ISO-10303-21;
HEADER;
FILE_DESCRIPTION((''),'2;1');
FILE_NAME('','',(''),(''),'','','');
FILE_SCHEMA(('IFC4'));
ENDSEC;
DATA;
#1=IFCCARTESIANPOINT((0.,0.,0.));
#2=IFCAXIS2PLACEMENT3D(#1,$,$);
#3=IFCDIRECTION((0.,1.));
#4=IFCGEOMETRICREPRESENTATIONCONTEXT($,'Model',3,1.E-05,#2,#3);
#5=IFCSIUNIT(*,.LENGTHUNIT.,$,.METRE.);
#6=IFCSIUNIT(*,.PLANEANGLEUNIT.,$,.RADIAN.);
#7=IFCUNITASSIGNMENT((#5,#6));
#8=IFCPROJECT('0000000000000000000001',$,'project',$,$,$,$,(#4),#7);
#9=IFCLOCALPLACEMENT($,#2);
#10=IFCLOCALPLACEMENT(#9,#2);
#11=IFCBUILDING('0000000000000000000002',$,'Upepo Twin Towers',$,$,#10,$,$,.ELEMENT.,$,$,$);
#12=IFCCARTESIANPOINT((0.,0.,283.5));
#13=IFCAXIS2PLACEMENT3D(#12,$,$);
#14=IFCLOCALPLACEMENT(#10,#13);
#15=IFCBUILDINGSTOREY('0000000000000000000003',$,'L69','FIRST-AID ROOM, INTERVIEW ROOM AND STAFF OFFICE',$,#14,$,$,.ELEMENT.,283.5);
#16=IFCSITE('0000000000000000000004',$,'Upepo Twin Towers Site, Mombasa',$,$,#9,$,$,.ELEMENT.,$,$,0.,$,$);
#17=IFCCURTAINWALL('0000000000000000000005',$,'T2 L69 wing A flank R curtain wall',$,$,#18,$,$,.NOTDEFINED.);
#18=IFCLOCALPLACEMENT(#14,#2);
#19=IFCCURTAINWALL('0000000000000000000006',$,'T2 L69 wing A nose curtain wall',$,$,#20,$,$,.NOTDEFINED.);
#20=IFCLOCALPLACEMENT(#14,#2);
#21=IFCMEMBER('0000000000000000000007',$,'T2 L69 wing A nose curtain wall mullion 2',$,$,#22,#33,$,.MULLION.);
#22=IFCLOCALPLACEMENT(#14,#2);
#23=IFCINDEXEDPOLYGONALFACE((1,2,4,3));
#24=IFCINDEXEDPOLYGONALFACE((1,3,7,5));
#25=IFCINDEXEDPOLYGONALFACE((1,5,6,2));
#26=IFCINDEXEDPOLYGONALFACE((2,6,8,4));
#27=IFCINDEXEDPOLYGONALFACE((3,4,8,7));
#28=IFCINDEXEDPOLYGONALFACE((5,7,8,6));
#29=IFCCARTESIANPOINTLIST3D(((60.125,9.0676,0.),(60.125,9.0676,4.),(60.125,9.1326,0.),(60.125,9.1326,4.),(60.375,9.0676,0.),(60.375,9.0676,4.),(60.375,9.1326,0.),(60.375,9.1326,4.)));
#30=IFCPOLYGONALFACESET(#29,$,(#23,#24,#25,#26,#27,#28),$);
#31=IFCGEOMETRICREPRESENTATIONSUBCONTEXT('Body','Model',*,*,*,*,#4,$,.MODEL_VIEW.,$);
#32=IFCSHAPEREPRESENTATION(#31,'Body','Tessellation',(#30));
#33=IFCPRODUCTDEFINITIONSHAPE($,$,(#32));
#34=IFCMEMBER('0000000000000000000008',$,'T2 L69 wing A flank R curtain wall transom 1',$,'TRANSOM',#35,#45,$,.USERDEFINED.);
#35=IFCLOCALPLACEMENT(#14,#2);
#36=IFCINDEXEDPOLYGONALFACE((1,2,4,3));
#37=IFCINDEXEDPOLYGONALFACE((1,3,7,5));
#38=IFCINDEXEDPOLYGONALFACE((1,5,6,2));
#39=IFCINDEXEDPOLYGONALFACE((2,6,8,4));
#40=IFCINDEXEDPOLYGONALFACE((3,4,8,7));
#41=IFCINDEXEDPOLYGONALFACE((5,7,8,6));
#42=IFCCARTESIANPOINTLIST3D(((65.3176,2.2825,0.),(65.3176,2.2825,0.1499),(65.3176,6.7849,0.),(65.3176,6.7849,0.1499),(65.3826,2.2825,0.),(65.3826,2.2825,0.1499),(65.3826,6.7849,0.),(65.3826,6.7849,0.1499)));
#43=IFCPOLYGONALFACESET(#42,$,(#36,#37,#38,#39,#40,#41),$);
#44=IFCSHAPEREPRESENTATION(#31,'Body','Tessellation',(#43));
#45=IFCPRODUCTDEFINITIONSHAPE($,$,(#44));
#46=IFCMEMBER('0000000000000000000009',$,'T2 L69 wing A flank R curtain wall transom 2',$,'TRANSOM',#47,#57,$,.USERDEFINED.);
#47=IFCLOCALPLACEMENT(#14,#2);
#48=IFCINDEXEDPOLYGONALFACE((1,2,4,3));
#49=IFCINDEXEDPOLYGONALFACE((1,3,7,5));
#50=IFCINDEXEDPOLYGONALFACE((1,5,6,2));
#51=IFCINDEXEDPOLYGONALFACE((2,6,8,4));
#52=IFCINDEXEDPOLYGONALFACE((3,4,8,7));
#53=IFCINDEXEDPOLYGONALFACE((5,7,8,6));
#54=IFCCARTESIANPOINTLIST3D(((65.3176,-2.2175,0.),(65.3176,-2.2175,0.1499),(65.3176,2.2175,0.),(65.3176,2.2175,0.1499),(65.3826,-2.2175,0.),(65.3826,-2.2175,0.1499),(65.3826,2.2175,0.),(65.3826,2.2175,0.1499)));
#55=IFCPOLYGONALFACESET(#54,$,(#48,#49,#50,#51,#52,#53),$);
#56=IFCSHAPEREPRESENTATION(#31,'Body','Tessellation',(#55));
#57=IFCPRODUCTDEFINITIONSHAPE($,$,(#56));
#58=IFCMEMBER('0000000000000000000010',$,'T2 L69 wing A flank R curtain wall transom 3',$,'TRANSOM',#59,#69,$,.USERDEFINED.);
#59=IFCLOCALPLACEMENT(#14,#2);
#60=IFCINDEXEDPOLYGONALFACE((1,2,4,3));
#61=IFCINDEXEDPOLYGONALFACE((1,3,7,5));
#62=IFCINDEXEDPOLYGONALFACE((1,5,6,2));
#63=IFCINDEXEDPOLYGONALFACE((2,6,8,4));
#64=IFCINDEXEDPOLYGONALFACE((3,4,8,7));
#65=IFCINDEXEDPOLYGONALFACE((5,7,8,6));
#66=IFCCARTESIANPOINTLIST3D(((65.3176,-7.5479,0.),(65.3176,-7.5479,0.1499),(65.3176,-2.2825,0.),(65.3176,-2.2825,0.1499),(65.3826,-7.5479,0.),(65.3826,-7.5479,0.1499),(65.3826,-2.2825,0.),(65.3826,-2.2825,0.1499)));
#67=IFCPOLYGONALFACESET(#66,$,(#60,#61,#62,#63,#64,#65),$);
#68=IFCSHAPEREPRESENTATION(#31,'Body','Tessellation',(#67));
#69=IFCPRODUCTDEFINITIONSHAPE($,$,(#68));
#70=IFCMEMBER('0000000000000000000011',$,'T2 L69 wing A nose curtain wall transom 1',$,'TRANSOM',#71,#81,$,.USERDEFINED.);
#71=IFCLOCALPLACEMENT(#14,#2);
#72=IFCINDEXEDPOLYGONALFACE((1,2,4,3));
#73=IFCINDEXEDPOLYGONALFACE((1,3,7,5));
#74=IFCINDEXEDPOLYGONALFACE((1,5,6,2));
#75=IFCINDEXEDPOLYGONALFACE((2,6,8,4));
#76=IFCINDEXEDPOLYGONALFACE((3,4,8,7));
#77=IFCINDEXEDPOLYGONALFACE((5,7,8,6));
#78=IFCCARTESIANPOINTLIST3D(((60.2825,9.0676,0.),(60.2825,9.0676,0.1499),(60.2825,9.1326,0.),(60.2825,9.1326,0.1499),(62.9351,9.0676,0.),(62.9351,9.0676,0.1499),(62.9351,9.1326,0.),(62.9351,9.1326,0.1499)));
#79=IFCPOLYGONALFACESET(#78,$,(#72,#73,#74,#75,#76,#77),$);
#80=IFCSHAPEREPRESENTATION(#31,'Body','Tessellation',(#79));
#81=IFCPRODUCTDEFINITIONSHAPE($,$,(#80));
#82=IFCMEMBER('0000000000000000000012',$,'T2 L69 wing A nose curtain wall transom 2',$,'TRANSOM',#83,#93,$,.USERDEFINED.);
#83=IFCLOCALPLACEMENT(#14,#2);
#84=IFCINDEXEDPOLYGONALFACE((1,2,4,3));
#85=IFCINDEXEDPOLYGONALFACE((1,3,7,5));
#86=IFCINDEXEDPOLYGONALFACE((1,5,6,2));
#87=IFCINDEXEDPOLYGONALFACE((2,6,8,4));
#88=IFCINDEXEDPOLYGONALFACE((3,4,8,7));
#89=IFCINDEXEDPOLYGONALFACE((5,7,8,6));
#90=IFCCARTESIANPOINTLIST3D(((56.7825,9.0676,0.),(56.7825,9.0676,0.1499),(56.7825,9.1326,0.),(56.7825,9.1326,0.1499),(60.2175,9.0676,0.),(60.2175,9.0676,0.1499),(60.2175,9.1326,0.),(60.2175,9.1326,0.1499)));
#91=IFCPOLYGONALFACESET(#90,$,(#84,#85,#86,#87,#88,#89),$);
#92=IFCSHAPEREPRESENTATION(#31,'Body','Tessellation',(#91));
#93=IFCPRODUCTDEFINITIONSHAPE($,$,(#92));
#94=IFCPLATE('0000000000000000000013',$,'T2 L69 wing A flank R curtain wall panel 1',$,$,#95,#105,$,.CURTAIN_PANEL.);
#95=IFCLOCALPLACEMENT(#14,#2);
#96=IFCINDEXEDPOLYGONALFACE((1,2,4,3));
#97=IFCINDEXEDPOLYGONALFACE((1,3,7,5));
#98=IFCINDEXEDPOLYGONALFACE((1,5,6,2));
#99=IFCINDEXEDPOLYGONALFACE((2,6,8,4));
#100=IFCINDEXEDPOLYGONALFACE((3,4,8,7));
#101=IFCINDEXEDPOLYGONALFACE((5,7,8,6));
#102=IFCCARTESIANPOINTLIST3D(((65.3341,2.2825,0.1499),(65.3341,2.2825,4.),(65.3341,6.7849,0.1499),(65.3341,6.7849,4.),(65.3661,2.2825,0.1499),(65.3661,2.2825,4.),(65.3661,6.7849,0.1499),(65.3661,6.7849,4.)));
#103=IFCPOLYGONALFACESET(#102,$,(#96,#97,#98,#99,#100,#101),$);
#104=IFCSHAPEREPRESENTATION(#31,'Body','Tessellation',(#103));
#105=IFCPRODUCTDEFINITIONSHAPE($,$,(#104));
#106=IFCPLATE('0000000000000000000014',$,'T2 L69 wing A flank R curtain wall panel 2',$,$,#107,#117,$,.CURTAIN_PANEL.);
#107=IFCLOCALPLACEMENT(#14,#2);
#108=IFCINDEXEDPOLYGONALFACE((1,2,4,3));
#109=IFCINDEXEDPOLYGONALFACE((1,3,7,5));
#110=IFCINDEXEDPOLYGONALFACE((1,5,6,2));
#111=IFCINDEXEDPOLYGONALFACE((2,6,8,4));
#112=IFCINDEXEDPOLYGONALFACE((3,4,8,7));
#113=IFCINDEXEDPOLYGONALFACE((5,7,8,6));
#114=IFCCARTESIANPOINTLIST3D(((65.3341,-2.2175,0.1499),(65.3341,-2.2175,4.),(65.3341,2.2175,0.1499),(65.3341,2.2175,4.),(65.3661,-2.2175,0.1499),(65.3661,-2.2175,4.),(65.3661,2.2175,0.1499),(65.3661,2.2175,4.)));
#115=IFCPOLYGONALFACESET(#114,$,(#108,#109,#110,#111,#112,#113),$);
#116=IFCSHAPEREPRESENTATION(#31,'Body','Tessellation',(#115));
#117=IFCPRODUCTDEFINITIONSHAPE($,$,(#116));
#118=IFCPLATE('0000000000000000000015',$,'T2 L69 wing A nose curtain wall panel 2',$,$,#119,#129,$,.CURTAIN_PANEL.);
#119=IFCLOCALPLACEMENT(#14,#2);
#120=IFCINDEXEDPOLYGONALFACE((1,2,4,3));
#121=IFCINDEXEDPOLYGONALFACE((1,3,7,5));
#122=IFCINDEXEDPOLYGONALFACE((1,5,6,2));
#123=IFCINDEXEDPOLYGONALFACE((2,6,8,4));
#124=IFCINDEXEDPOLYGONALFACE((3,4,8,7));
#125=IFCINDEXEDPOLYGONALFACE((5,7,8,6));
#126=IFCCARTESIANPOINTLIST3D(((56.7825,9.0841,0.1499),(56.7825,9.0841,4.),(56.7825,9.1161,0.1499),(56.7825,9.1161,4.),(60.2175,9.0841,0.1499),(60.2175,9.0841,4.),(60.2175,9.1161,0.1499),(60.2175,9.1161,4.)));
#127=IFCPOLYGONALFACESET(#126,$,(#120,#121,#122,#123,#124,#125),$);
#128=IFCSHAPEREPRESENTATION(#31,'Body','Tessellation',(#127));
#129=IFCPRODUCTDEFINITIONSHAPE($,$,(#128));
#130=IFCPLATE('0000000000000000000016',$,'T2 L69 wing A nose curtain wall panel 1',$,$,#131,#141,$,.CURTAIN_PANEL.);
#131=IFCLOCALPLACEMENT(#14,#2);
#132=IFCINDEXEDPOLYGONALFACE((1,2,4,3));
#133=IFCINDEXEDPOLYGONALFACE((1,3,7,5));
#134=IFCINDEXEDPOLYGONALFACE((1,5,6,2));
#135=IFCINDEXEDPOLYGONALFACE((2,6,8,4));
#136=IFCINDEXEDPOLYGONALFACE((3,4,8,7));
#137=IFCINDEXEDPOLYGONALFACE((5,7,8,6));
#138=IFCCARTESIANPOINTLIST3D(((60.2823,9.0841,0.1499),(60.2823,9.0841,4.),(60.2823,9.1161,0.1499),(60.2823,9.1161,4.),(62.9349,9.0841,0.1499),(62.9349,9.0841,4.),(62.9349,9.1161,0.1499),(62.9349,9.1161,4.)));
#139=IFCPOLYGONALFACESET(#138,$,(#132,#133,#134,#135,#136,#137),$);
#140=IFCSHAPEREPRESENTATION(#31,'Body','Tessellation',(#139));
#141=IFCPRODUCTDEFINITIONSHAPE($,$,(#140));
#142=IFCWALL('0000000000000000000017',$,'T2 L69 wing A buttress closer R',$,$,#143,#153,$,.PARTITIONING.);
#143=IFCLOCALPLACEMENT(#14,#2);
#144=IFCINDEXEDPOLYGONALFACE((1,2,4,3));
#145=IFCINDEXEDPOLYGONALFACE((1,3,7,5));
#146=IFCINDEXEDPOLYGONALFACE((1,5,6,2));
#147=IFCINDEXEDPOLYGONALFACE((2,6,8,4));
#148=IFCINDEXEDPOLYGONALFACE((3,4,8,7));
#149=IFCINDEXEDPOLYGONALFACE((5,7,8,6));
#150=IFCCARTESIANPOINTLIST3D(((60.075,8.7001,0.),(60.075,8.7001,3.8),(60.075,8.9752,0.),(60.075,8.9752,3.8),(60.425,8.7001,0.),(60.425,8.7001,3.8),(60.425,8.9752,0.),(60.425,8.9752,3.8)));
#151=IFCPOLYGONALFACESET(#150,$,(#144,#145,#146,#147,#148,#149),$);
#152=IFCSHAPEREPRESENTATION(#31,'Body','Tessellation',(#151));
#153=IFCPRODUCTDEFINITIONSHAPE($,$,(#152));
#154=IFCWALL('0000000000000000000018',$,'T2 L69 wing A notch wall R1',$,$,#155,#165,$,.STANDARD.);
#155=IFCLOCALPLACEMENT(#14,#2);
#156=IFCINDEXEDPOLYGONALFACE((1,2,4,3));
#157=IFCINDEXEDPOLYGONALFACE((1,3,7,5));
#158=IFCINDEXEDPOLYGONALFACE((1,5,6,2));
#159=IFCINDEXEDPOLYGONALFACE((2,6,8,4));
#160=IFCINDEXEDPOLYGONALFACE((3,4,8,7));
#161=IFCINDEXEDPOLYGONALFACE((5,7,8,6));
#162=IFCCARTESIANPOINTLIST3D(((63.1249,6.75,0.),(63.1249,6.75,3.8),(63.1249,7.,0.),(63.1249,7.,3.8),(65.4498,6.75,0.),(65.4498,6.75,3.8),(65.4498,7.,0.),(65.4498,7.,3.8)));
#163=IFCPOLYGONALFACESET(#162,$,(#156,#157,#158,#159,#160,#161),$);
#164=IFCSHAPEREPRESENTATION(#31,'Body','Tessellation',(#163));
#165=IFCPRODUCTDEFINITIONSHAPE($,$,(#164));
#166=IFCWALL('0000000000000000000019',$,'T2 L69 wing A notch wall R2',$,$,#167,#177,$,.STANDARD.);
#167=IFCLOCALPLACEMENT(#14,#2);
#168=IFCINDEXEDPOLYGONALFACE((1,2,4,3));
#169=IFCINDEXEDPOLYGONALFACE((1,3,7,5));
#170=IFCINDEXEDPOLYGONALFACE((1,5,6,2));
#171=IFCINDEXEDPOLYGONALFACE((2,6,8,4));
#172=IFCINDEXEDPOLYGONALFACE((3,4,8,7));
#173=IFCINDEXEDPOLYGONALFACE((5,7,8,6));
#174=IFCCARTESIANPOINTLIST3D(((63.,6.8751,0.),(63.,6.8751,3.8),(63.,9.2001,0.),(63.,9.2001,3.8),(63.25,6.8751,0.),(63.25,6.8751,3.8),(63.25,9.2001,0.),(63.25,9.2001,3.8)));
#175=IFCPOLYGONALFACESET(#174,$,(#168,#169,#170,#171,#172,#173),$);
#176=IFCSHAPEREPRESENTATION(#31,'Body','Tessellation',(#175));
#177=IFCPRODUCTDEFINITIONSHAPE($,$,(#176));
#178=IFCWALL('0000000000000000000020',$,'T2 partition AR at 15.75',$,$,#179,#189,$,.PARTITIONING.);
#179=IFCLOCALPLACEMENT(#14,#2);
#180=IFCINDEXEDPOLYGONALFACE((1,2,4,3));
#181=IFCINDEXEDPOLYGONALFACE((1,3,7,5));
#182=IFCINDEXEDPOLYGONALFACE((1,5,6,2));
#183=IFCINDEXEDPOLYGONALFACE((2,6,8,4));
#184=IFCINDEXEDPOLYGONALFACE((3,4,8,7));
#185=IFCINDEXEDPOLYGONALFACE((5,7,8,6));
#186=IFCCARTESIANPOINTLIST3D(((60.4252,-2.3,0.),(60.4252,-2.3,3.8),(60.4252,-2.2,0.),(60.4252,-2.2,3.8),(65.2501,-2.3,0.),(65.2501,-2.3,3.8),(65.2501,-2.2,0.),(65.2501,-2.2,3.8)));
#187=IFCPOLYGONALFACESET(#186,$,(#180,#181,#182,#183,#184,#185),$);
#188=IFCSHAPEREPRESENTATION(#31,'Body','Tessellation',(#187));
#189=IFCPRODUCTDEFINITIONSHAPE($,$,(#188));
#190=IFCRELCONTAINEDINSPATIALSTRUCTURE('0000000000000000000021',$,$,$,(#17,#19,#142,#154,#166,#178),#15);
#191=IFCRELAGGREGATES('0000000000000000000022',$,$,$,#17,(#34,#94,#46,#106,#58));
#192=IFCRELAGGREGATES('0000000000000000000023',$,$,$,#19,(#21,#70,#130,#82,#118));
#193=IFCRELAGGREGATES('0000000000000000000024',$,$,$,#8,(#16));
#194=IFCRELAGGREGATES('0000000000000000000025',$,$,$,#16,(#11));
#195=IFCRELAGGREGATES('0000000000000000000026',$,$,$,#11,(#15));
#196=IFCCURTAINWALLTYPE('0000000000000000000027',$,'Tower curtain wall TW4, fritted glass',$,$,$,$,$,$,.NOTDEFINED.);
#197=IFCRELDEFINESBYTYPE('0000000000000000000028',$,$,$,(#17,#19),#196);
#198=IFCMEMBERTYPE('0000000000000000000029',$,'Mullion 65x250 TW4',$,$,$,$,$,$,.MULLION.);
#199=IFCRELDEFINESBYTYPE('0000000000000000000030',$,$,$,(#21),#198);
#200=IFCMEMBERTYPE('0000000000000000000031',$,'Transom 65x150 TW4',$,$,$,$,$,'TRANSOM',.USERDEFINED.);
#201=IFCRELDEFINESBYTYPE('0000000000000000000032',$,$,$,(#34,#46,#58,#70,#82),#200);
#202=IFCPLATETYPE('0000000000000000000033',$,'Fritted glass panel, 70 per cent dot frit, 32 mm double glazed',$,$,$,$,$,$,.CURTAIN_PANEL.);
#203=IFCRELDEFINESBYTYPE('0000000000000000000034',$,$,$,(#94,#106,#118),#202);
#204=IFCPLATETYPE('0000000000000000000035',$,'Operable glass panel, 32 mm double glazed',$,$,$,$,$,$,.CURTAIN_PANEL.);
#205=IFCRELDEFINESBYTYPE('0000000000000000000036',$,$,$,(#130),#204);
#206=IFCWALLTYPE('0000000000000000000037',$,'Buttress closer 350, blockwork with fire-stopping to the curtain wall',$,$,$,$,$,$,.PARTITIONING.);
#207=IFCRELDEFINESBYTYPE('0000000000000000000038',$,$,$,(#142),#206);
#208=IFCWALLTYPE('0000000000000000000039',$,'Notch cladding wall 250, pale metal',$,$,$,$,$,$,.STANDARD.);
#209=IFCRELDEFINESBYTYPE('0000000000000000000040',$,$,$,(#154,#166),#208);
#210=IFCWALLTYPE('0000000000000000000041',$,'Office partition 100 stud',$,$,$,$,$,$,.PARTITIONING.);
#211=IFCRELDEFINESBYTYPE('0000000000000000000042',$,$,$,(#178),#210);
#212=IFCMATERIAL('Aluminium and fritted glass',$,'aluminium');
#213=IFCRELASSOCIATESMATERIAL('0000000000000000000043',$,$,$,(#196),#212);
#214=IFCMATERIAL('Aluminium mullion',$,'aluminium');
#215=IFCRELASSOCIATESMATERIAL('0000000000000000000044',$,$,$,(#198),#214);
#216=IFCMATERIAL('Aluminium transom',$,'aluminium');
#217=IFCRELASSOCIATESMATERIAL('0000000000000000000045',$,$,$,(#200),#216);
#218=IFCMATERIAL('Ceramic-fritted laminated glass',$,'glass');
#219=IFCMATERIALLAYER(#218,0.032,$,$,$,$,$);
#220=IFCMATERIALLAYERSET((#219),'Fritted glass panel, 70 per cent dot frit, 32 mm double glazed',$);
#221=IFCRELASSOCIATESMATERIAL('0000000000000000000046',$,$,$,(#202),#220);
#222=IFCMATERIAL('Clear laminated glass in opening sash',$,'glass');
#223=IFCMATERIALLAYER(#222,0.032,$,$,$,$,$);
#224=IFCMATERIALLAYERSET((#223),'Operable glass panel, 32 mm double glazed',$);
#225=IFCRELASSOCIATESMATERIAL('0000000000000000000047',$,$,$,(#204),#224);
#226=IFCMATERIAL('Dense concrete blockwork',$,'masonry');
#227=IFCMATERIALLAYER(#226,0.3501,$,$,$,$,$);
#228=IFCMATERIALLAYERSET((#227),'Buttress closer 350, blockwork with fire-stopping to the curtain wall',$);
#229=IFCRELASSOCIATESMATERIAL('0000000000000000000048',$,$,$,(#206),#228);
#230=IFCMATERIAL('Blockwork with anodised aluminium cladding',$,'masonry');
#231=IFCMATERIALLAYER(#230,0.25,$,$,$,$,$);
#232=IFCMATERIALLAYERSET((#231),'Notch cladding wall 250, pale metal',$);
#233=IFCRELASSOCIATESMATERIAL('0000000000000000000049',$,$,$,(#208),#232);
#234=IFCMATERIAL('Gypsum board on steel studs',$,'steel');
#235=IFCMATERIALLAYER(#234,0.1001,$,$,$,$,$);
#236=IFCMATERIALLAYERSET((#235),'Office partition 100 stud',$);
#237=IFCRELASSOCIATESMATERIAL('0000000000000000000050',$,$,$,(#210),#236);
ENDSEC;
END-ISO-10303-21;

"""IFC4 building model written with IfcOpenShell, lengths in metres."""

from ifc_helpers import new_model, si_unit, direction, frame, frame_2d, origin, origin_2d, place, context, subcontext, project, spatial, rectangle, extrude, material, layer, layer_set, material_profile, profile_set, type_object, element, aggregate, save


model = new_model("IFC4")

# Units and contexts
model_context = context("Model", 3, precision=1e-05, world=origin(), true_north=direction((0.0, 1.0)))
body_context = subcontext(model_context, "Body", "Model", "MODEL_VIEW")
ifc_project = project(units=[si_unit("LENGTHUNIT", "METRE"), si_unit("PLANEANGLEUNIT", "RADIAN")], contexts=[model_context])

# Site, building, storey
site_placement = place(None, origin())
site = spatial("IfcSite", under=ifc_project, at=site_placement, Name="Upepo Twin Towers Site, Mombasa", CompositionType="ELEMENT", RefElevation=0.0)
building_placement = place(site_placement, origin())
building = spatial("IfcBuilding", under=site, at=building_placement, Name="Upepo Twin Towers", CompositionType="ELEMENT")
storey_placement = place(building_placement, frame((0.0, 0.0, 283.5)))
storey = spatial("IfcBuildingStorey", under=building, at=storey_placement, Name="L69", Description="FIRST-AID ROOM, INTERVIEW ROOM AND STAFF OFFICE", CompositionType="ELEMENT", Elevation=283.5)

# Curtain walls, member
ifc_material_1 = material(Name="Aluminium and fritted glass", Category="aluminium")
curtain_wall_type = type_object("IfcCurtainWallType", Name="Tower curtain wall TW4, fritted glass", PredefinedType="NOTDEFINED", material=ifc_material_1)
curtain_wall_1_placement = place(storey_placement, origin())
curtain_wall_1 = element("IfcCurtainWall", 1, at=curtain_wall_1_placement, inside=storey, type_object=curtain_wall_type, Name="T2 L69 wing A flank R curtain wall", PredefinedType="NOTDEFINED")
ifc_material_2 = material(Name="Aluminium mullion", Category="aluminium")
ifc_material_profile_1 = material_profile(ifc_material_2, rectangle(XDim=0.0649, YDim=0.25, at=origin_2d()), Name="MULLION 65x250")
ifc_profile_set_1 = profile_set([ifc_material_profile_1], Name="Aluminium mullion")
member_type_1 = type_object("IfcMemberType", Name="Mullion 65x250 TW4", PredefinedType="MULLION", material=ifc_profile_set_1)
curtain_wall_2_placement = place(storey_placement, origin())
curtain_wall_2 = element("IfcCurtainWall", 2, at=curtain_wall_2_placement, inside=storey, type_object=curtain_wall_type, Name="T2 L69 wing A nose curtain wall", PredefinedType="NOTDEFINED")
member_1_placement = place(storey_placement, frame((60.25, 9.1001, 0.0), z_axis=(0.0, 0.0, 1.0), x_axis=(0.0, -1.0, 0.0)))
member_1 = element("IfcMember", 3, at=member_1_placement, type_object=member_type_1, Name="T2 L69 wing A nose curtain wall mullion 2", PredefinedType="MULLION", context=body_context, shape_type="SweptSolid", body=[
    extrude(rectangle(XDim=0.0649, YDim=0.25, at=origin_2d()), origin(), (0.0, 0.0, 1.0), 4.0),
])

# Members
ifc_material_3 = material(Name="Aluminium transom", Category="aluminium")
ifc_material_profile_2 = material_profile(ifc_material_3, rectangle(XDim=0.0649, YDim=0.1499, at=origin_2d()), Name="TRANSOM 65x150")
ifc_profile_set_2 = profile_set([ifc_material_profile_2], Name="Aluminium transom")
member_type_2 = type_object("IfcMemberType", Name="Transom 65x150 TW4", ElementType="TRANSOM", PredefinedType="USERDEFINED", material=ifc_profile_set_2)
member_2_placement = place(storey_placement, frame((65.3501, 6.7849, 0.075), z_axis=(0.0, -1.0, 0.0), x_axis=(1.0, 0.0, 0.0)))
member_2 = element("IfcMember", 4, at=member_2_placement, type_object=member_type_2, Name="T2 L69 wing A flank R curtain wall transom 1", ObjectType="TRANSOM", PredefinedType="USERDEFINED", context=body_context, shape_type="SweptSolid", body=[
    extrude(rectangle(XDim=0.0649, YDim=0.1499, at=origin_2d()), origin(), (0.0, 0.0, 1.0), 4.5024),
])
member_3_placement = place(storey_placement, frame((65.3501, 2.2175, 0.075), z_axis=(0.0, -1.0, 0.0), x_axis=(1.0, 0.0, 0.0)))
member_3 = element("IfcMember", 5, at=member_3_placement, type_object=member_type_2, Name="T2 L69 wing A flank R curtain wall transom 2", ObjectType="TRANSOM", PredefinedType="USERDEFINED", context=body_context, shape_type="SweptSolid", body=[
    extrude(rectangle(XDim=0.0649, YDim=0.1499, at=origin_2d()), origin(), (0.0, 0.0, 1.0), 4.4351),
])
member_4_placement = place(storey_placement, frame((65.3501, -2.2825, 0.075), z_axis=(0.0, -1.0, 0.0), x_axis=(1.0, 0.0, 0.0)))
member_4 = element("IfcMember", 6, at=member_4_placement, type_object=member_type_2, Name="T2 L69 wing A flank R curtain wall transom 3", ObjectType="TRANSOM", PredefinedType="USERDEFINED", context=body_context, shape_type="SweptSolid", body=[
    extrude(rectangle(XDim=0.0649, YDim=0.1499, at=origin_2d()), origin(), (0.0, 0.0, 1.0), 5.2654),
])
member_5_placement = place(storey_placement, frame((62.9351, 9.1001, 0.075), z_axis=(-1.0, 0.0, 0.0), x_axis=(0.0, -1.0, 0.0)))
member_5 = element("IfcMember", 7, at=member_5_placement, type_object=member_type_2, Name="T2 L69 wing A nose curtain wall transom 1", ObjectType="TRANSOM", PredefinedType="USERDEFINED", context=body_context, shape_type="SweptSolid", body=[
    extrude(rectangle(XDim=0.0649, YDim=0.1499, at=origin_2d()), origin(), (0.0, 0.0, 1.0), 2.6526),
])
member_6_placement = place(storey_placement, frame((60.2175, 9.1001, 0.075), z_axis=(-1.0, 0.0, 0.0), x_axis=(0.0, -1.0, 0.0)))
member_6 = element("IfcMember", 8, at=member_6_placement, type_object=member_type_2, Name="T2 L69 wing A nose curtain wall transom 2", ObjectType="TRANSOM", PredefinedType="USERDEFINED", context=body_context, shape_type="SweptSolid", body=[
    extrude(rectangle(XDim=0.0649, YDim=0.1499, at=origin_2d()), origin(), (0.0, 0.0, 1.0), 3.4351),
])

# Plates
ifc_material_4 = material(Name="Ceramic-fritted laminated glass", Category="glass")
ifc_layer_1 = layer(ifc_material_4, 0.032)
ifc_layer_set_1 = layer_set([ifc_layer_1], Name="Fritted glass panel, 70 per cent dot frit, 32 mm double glazed")
plate_type_1 = type_object("IfcPlateType", Name="Fritted glass panel, 70 per cent dot frit, 32 mm double glazed", PredefinedType="CURTAIN_PANEL", material=ifc_layer_set_1)
plate_1_placement = place(storey_placement, frame((65.3501, 4.5337, 0.1499), z_axis=(0.0, 0.0, 1.0), x_axis=(0.0, -1.0, 0.0)))
plate_1 = element("IfcPlate", 9, at=plate_1_placement, type_object=plate_type_1, Name="T2 L69 wing A flank R curtain wall panel 1", PredefinedType="CURTAIN_PANEL", context=body_context, shape_type="SweptSolid", body=[
    extrude(rectangle(XDim=4.5024, YDim=0.032, at=origin_2d()), origin(), (0.0, 0.0, 1.0), 3.8501),
])
plate_2_placement = place(storey_placement, frame((65.3501, 0.0, 0.1499), z_axis=(0.0, 0.0, 1.0), x_axis=(0.0, -1.0, 0.0)))
plate_2 = element("IfcPlate", 10, at=plate_2_placement, type_object=plate_type_1, Name="T2 L69 wing A flank R curtain wall panel 2", PredefinedType="CURTAIN_PANEL", context=body_context, shape_type="SweptSolid", body=[
    extrude(rectangle(XDim=4.4351, YDim=0.032, at=origin_2d()), origin(), (0.0, 0.0, 1.0), 3.8501),
])
aggregate(curtain_wall_1, [member_2, plate_1, member_3, plate_2, member_4])
plate_3_placement = place(storey_placement, frame((58.5, 9.1001, 0.1499), z_axis=(0.0, 0.0, 1.0), x_axis=(-1.0, 0.0, 0.0)))
plate_3 = element("IfcPlate", 11, at=plate_3_placement, type_object=plate_type_1, Name="T2 L69 wing A nose curtain wall panel 2", PredefinedType="CURTAIN_PANEL", context=body_context, shape_type="SweptSolid", body=[
    extrude(rectangle(XDim=3.4351, YDim=0.032, at=origin_2d()), origin(), (0.0, 0.0, 1.0), 3.8501),
])
ifc_material_5 = material(Name="Clear laminated glass in opening sash", Category="glass")
ifc_layer_2 = layer(ifc_material_5, 0.032)
ifc_layer_set_2 = layer_set([ifc_layer_2], Name="Operable glass panel, 32 mm double glazed")
plate_type_2 = type_object("IfcPlateType", Name="Operable glass panel, 32 mm double glazed", PredefinedType="CURTAIN_PANEL", material=ifc_layer_set_2)
plate_4_placement = place(storey_placement, frame((61.6086, 9.1001, 0.1499), z_axis=(0.0, 0.0, 1.0), x_axis=(-1.0, 0.0, 0.0)))
plate_4 = element("IfcPlate", 12, at=plate_4_placement, type_object=plate_type_2, Name="T2 L69 wing A nose curtain wall panel 1", PredefinedType="CURTAIN_PANEL", context=body_context, shape_type="SweptSolid", body=[
    extrude(rectangle(XDim=2.6526, YDim=0.032, at=origin_2d()), origin(), (0.0, 0.0, 1.0), 3.8501),
])
aggregate(curtain_wall_2, [member_1, member_5, plate_4, member_6, plate_3])

# Walls
ifc_material_6 = material(Name="Dense concrete blockwork", Category="masonry")
ifc_layer_3 = layer(ifc_material_6, 0.3501)
ifc_layer_set_3 = layer_set([ifc_layer_3], Name="Buttress closer 350, blockwork with fire-stopping to the curtain wall")
wall_type_1 = type_object("IfcWallType", Name="Buttress closer 350, blockwork with fire-stopping to the curtain wall", PredefinedType="PARTITIONING", material=ifc_layer_set_3)
wall_1_placement = place(storey_placement, frame((60.25, 8.7, 0.0), z_axis=(0.0, 0.0, 1.0), x_axis=(0.0, 1.0, 0.0)))
element("IfcWall", 13, at=wall_1_placement, inside=storey, type_object=wall_type_1, Name="T2 L69 wing A buttress closer R", PredefinedType="PARTITIONING", context=body_context, shape_type="SweptSolid", body=[
    extrude(rectangle(XDim=0.2751, YDim=0.3501, at=frame_2d((0.1377, 0.0))), origin(), (0.0, 0.0, 1.0), 3.8),
])
ifc_material_7 = material(Name="Blockwork with anodised aluminium cladding", Category="masonry")
ifc_layer_4 = layer(ifc_material_7, 0.25)
ifc_layer_set_4 = layer_set([ifc_layer_4], Name="Notch cladding wall 250, pale metal")
wall_type_2 = type_object("IfcWallType", Name="Notch cladding wall 250, pale metal", PredefinedType="STANDARD", material=ifc_layer_set_4)
for number, where, z_axis, x_axis, name in (
    (14, (65.45, 6.875, 0.0), (0.0, 0.0, 1.0), (-1.0, 0.0, 0.0), "T2 L69 wing A notch wall R1"),
    (15, (63.125, 6.875, 0.0), (0.0, 0.0, 1.0), (0.0, 1.0, 0.0), "T2 L69 wing A notch wall R2"),
):
    element("IfcWall", number, at=place(storey_placement, frame(where, z_axis=z_axis, x_axis=x_axis)), inside=storey, type_object=wall_type_2, Name=name, PredefinedType="STANDARD", context=body_context, shape_type="SweptSolid", body=[
        extrude(rectangle(XDim=2.325, YDim=0.25, at=frame_2d((1.1626, 0.0))), origin(), (0.0, 0.0, 1.0), 3.8),
    ])
ifc_material_8 = material(Name="Gypsum board on steel studs", Category="steel")
ifc_layer_5 = layer(ifc_material_8, 0.1001)
ifc_layer_set_5 = layer_set([ifc_layer_5], Name="Office partition 100 stud")
wall_type_3 = type_object("IfcWallType", Name="Office partition 100 stud", PredefinedType="PARTITIONING", material=ifc_layer_set_5)
for number, where, z_axis, x_axis, name in (
    (16, (60.425, -2.25, 0.0), (0.0, 0.0, 1.0), (1.0, 0.0, 0.0), "T2 partition AR at 15.75"),
):
    element("IfcWall", number, at=place(storey_placement, frame(where, z_axis=z_axis, x_axis=x_axis)), inside=storey, type_object=wall_type_3, Name=name, PredefinedType="PARTITIONING", context=body_context, shape_type="SweptSolid", body=[
        extrude(rectangle(XDim=4.825, YDim=0.1001, at=frame_2d((2.4126, 0.0))), origin(), (0.0, 0.0, 1.0), 3.8),
    ])

save(model, "model.ifc")
